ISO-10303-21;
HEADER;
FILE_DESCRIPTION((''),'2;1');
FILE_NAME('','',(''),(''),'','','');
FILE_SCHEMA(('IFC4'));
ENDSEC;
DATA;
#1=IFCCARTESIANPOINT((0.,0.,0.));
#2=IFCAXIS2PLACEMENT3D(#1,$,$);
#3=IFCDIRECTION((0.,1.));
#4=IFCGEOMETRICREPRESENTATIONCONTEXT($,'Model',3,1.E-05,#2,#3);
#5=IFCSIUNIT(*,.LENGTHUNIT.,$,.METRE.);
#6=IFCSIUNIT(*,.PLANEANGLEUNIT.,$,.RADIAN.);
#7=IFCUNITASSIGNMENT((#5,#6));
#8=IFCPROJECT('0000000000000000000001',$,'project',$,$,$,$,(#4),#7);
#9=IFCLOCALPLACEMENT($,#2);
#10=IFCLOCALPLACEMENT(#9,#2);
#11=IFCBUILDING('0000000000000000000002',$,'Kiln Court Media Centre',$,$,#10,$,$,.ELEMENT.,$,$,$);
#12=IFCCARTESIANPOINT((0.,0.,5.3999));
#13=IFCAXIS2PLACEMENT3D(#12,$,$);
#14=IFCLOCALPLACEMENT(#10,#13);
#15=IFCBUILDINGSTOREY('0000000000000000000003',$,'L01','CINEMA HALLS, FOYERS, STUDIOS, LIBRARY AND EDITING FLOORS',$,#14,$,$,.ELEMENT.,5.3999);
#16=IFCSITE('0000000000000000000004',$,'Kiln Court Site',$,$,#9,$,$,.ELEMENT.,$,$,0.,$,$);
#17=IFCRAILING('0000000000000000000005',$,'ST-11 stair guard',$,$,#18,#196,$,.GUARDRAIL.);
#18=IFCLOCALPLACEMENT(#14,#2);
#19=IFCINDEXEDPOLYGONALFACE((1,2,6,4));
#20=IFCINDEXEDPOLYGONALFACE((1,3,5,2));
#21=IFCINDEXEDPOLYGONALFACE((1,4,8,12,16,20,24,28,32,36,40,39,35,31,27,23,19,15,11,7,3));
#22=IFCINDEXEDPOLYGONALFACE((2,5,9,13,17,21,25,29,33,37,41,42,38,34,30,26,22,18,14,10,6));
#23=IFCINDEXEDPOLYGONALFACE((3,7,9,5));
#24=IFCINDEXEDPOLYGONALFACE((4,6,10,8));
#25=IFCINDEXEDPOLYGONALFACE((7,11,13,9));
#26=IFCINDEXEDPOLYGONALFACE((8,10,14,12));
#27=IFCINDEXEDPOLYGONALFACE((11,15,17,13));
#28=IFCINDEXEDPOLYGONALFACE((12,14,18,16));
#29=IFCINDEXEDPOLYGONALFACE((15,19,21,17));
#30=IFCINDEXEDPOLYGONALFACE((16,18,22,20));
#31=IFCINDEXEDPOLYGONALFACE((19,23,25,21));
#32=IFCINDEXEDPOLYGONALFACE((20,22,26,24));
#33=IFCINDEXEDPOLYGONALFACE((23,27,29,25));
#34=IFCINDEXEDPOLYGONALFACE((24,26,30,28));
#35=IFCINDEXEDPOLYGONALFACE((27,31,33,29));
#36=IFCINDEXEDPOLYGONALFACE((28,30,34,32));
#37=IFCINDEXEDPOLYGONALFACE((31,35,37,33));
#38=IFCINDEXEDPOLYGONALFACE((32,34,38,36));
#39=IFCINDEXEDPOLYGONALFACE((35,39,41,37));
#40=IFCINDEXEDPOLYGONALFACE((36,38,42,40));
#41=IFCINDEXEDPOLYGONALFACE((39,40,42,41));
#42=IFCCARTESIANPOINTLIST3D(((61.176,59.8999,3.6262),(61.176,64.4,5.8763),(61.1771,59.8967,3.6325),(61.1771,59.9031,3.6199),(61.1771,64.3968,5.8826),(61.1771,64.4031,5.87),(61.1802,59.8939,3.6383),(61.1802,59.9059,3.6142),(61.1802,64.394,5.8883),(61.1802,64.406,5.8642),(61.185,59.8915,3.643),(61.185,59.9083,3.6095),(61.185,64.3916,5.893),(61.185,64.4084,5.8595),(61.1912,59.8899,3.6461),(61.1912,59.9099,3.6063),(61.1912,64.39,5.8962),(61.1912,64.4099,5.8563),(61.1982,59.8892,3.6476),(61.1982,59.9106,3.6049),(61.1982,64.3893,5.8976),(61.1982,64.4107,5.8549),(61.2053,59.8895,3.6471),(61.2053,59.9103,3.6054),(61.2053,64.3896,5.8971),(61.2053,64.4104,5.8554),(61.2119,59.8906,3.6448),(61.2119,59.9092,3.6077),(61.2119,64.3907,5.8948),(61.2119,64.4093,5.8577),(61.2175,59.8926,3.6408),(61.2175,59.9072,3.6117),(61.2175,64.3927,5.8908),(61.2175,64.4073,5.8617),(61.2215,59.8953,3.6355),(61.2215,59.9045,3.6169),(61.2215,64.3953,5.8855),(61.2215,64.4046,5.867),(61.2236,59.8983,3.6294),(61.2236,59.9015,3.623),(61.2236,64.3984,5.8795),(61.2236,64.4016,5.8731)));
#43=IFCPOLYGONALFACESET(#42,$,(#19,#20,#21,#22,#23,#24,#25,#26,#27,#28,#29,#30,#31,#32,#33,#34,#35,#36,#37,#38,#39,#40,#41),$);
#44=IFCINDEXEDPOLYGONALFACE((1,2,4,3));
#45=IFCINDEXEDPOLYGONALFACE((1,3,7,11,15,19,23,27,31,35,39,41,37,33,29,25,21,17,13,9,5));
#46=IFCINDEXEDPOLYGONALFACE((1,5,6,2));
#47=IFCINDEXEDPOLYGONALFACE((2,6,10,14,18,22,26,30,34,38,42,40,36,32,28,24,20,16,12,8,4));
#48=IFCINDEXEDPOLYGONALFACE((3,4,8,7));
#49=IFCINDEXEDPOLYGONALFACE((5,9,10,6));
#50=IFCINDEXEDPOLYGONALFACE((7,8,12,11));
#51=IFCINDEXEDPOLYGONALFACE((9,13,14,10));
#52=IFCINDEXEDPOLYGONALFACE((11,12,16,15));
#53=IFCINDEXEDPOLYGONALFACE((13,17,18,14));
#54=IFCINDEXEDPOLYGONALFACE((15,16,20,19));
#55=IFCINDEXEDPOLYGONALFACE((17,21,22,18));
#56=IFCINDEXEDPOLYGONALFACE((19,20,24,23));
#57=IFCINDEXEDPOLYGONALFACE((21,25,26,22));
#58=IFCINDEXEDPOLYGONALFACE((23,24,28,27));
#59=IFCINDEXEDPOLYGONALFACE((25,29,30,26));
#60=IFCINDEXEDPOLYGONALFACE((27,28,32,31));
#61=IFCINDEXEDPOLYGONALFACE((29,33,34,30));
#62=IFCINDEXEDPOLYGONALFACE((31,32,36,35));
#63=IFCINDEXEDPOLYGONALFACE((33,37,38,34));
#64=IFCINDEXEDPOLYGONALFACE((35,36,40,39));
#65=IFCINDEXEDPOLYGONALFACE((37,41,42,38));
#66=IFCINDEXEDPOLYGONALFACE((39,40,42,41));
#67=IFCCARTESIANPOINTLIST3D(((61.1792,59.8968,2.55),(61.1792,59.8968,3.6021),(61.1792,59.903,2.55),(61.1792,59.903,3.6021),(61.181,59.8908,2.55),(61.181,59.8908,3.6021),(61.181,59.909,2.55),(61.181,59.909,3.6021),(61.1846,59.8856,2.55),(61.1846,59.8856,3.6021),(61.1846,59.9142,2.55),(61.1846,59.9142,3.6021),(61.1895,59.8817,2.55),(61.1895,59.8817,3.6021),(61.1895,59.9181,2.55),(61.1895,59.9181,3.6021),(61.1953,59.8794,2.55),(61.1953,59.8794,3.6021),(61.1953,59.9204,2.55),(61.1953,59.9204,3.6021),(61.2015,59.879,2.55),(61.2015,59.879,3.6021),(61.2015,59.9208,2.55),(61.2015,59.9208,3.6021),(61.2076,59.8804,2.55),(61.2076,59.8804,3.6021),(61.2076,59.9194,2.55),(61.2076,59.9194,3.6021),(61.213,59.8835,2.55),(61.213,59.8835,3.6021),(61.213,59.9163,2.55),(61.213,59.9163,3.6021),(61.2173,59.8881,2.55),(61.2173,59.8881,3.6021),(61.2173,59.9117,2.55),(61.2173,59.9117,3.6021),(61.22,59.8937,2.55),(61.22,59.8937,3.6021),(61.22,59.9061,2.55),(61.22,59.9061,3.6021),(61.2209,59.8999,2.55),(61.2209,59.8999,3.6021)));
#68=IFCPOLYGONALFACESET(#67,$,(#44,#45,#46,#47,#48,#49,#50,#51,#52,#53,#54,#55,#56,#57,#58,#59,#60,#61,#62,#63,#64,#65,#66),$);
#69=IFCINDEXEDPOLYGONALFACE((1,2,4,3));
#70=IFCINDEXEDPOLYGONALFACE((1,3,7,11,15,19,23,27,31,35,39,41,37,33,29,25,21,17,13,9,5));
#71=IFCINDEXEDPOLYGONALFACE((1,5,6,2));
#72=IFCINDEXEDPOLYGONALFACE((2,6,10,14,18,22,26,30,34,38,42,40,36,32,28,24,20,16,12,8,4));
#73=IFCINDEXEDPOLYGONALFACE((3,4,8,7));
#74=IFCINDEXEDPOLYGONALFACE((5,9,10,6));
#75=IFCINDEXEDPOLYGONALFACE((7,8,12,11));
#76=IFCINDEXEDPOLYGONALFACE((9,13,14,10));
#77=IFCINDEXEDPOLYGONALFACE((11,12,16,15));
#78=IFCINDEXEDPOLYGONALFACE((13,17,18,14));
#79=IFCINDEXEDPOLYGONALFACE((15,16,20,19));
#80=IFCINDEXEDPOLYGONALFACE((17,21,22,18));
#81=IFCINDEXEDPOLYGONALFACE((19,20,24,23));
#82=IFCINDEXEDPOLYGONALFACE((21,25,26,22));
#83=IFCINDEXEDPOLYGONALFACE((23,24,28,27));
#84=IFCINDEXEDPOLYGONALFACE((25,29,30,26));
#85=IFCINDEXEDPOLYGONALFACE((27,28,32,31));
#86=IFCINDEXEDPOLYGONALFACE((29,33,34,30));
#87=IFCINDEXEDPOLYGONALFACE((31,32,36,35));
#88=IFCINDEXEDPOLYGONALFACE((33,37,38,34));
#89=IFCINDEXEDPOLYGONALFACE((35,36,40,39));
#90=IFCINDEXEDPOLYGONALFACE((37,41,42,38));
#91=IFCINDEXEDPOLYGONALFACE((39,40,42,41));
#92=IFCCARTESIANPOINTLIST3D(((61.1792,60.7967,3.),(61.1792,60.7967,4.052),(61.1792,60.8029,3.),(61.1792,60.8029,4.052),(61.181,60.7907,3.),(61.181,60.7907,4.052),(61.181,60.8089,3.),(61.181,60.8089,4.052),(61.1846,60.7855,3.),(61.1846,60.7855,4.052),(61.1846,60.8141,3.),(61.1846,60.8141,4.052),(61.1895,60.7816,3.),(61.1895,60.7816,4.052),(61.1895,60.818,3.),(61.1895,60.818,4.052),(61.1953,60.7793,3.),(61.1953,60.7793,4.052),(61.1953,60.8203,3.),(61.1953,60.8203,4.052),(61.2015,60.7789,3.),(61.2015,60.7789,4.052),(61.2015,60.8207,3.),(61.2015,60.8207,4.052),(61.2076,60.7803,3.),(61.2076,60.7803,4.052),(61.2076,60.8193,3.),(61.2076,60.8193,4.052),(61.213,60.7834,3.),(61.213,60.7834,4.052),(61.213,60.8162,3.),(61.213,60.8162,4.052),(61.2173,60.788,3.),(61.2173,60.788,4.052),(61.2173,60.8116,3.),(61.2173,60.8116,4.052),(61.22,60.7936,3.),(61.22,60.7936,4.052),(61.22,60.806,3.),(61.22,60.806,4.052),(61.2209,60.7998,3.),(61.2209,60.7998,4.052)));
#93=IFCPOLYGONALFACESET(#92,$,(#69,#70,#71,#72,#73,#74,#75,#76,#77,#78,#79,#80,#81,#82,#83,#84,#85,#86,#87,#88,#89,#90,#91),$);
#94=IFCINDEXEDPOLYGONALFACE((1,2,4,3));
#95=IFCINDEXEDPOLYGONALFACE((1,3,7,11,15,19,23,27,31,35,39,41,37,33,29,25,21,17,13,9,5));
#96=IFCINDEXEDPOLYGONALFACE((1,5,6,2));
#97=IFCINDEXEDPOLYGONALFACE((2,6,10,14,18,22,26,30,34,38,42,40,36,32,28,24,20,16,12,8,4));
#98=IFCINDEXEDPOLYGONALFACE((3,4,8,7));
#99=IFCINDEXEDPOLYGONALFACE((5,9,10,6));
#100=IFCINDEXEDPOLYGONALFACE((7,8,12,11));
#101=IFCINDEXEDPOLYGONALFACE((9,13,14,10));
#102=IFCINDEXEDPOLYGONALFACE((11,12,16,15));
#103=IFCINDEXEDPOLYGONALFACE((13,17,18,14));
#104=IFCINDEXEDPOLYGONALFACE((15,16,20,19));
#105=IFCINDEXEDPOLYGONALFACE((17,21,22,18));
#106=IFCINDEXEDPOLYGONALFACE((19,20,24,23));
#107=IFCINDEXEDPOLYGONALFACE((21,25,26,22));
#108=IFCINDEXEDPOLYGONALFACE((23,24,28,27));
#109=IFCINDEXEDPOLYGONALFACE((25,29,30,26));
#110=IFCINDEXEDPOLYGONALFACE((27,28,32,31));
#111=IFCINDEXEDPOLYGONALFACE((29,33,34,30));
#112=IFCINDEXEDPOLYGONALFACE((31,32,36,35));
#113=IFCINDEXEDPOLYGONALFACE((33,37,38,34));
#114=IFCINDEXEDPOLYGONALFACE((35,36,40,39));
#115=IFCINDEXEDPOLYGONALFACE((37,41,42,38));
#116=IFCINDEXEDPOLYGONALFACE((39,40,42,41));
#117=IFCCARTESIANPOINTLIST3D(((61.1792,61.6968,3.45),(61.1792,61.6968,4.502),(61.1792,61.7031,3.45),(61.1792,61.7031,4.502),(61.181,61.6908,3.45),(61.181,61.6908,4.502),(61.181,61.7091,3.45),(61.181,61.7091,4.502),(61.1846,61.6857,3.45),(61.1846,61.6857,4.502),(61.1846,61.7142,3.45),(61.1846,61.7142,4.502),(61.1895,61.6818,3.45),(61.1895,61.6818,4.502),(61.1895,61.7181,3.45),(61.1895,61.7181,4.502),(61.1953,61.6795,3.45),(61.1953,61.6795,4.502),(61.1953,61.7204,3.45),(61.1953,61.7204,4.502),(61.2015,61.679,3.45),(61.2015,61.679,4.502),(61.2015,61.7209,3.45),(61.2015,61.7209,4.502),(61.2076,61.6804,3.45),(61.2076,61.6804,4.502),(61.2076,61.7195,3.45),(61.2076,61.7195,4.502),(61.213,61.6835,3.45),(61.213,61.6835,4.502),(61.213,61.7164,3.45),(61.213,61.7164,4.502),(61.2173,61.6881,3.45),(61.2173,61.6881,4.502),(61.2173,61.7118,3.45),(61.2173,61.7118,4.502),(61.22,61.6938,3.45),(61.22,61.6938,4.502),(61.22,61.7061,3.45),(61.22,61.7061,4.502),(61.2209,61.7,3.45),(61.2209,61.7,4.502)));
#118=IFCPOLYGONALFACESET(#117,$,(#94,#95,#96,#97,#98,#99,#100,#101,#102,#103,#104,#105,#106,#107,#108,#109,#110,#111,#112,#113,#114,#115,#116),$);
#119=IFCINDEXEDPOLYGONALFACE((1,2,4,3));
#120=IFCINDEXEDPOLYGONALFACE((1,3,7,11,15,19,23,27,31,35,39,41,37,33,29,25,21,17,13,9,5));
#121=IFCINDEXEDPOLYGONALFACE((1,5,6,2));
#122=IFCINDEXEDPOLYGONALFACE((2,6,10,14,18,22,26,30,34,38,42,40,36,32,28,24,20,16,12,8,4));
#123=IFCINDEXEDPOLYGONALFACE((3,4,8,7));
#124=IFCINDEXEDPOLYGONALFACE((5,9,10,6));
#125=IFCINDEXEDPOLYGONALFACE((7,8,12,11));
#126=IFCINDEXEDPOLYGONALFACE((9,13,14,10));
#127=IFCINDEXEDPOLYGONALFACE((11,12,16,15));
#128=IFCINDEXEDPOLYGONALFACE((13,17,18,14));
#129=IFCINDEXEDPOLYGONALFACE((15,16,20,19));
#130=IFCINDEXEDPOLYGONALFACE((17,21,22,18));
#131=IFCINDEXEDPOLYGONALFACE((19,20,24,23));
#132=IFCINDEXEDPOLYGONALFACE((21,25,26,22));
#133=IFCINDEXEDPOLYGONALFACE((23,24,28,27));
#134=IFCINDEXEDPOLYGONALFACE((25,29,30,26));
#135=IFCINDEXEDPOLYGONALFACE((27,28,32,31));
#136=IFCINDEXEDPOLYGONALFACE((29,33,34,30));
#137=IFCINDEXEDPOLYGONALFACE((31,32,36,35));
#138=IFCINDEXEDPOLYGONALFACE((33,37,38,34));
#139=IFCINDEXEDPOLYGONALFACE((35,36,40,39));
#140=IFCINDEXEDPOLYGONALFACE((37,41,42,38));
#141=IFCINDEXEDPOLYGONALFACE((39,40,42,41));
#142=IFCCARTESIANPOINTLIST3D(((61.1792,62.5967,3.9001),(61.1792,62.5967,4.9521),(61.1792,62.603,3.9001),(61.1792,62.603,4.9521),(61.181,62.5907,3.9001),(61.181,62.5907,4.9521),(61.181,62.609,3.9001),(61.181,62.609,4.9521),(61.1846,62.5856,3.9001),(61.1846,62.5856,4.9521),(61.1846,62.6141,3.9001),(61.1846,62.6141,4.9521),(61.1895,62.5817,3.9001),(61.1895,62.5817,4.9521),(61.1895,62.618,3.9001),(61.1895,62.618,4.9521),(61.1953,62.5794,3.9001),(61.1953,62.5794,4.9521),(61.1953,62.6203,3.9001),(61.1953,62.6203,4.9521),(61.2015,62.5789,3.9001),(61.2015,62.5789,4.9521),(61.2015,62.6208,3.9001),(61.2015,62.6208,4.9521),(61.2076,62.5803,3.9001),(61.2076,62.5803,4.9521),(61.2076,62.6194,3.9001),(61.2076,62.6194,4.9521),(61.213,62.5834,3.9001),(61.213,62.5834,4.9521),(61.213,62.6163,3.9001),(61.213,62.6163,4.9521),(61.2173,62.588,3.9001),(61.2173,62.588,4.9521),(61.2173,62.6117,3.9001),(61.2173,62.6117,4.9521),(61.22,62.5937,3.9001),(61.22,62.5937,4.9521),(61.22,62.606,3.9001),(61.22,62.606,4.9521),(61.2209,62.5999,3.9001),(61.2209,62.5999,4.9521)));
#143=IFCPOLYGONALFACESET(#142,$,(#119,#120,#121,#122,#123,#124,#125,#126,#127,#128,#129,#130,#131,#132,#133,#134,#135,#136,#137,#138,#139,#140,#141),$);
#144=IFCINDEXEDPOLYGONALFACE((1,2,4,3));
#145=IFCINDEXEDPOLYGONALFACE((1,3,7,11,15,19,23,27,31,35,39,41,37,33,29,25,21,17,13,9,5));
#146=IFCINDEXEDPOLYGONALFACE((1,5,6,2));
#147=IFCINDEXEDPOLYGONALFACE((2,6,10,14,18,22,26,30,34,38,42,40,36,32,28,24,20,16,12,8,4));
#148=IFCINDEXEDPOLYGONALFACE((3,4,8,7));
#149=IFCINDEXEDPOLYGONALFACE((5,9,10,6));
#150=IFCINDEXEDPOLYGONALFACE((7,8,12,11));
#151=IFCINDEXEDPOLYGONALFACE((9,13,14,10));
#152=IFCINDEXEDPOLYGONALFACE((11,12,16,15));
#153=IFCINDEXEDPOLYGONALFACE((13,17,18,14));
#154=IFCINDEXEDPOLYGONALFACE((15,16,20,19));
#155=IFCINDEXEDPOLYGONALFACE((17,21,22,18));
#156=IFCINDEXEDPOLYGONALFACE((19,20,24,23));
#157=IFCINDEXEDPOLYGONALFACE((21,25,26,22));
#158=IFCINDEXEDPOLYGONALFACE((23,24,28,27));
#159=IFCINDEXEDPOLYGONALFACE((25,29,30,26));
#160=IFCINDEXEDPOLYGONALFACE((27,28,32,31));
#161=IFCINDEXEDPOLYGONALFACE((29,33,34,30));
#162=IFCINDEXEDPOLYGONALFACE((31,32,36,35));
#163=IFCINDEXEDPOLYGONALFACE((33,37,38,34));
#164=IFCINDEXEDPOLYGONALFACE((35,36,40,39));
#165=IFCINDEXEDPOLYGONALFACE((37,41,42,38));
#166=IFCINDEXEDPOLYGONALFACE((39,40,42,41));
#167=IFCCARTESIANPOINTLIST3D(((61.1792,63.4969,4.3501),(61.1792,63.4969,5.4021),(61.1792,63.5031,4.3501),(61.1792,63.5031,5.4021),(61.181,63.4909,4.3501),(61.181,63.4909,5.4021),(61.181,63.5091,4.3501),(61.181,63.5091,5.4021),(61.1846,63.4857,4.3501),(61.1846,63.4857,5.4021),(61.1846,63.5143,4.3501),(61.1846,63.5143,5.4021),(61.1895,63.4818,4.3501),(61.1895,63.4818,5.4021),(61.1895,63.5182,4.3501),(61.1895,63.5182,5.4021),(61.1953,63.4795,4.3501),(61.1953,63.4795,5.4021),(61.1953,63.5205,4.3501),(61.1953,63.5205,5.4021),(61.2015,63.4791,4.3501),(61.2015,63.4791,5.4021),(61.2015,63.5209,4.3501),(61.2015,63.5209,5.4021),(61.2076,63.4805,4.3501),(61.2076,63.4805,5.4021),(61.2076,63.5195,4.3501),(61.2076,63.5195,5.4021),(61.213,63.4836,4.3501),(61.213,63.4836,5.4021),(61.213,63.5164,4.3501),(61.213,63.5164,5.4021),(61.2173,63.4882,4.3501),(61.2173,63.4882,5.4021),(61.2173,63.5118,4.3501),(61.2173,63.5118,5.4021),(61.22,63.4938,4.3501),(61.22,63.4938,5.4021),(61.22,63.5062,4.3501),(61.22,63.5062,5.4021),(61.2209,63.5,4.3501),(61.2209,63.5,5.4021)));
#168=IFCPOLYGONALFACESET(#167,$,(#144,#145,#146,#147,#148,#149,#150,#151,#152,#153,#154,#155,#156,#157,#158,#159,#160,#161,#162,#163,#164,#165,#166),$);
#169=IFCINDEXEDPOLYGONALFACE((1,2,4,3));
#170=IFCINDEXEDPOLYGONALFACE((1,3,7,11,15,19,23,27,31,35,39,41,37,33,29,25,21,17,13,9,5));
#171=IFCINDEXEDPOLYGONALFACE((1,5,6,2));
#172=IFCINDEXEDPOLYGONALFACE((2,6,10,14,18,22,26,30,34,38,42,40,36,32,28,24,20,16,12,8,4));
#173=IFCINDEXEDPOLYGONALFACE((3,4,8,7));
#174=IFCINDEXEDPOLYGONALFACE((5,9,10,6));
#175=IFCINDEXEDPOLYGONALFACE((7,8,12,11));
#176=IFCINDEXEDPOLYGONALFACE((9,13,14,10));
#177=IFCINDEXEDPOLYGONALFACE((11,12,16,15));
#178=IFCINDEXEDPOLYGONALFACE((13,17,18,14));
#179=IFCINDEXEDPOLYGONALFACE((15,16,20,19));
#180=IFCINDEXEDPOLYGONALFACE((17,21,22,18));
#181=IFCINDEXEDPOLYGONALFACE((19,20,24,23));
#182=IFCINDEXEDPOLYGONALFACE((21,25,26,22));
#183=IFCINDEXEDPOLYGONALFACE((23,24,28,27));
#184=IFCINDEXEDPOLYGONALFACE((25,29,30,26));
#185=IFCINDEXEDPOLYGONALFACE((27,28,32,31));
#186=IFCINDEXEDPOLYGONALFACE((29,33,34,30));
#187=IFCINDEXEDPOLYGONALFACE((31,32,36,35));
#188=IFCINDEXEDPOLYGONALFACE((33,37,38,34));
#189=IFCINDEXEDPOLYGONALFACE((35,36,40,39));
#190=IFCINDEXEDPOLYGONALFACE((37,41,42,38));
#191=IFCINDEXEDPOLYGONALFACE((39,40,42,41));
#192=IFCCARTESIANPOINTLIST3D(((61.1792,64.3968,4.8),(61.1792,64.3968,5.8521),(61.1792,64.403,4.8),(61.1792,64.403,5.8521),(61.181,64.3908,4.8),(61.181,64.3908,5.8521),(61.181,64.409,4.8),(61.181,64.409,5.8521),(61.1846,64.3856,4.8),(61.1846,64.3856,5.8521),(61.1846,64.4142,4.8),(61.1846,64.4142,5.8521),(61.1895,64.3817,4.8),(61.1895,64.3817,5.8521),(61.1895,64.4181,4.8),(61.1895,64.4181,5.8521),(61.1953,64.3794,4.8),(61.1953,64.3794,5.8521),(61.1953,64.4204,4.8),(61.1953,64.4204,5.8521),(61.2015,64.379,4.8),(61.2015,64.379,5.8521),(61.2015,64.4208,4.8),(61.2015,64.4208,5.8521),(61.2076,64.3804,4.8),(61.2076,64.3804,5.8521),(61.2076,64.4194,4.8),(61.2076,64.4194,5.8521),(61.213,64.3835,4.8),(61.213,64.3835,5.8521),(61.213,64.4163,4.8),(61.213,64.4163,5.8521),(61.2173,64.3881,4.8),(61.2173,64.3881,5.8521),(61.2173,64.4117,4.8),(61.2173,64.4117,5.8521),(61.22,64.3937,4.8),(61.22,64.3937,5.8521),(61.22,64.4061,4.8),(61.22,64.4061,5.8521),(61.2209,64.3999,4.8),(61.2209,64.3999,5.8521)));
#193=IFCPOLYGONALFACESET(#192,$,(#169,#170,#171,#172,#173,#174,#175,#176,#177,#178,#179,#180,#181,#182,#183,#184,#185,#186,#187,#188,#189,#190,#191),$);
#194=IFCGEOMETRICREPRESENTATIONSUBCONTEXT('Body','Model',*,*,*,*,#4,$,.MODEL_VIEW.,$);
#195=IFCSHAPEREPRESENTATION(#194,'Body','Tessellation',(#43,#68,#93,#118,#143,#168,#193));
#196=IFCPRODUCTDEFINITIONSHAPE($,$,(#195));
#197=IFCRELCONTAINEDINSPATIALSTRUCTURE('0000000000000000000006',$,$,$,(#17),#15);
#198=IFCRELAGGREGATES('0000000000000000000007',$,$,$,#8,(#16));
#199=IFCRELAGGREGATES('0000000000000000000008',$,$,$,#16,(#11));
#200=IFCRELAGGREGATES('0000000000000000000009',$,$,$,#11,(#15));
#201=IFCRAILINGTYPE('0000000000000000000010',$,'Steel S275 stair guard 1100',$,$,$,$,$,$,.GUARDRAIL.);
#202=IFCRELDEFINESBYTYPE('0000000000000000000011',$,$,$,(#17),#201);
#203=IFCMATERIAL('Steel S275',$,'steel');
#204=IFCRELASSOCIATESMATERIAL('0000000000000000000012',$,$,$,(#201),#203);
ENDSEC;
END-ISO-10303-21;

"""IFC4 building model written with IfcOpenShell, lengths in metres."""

from ifc_helpers import new_model, si_unit, direction, frame, origin, origin_2d, place, context, subcontext, project, spatial, circle, extrude, material, type_object, element, save


model = new_model("IFC4")

# Units and contexts
model_context = context("Model", 3, precision=1e-05, world=origin(), true_north=direction((0.0, 1.0)))
body_context = subcontext(model_context, "Body", "Model", "MODEL_VIEW")
ifc_project = project(units=[si_unit("LENGTHUNIT", "METRE"), si_unit("PLANEANGLEUNIT", "RADIAN")], contexts=[model_context])

# Site, building, storey
site_placement = place(None, origin())
site = spatial("IfcSite", under=ifc_project, at=site_placement, Name="Kiln Court Site", CompositionType="ELEMENT", RefElevation=0.0)
building_placement = place(site_placement, origin())
building = spatial("IfcBuilding", under=site, at=building_placement, Name="Kiln Court Media Centre", CompositionType="ELEMENT")
storey_placement = place(building_placement, frame((0.0, 0.0, 5.3999)))
storey = spatial("IfcBuildingStorey", under=building, at=storey_placement, Name="L01", Description="CINEMA HALLS, FOYERS, STUDIOS, LIBRARY AND EDITING FLOORS", CompositionType="ELEMENT", Elevation=5.3999)

# Railing
ifc_material_1 = material(Name="Steel S275", Category="steel")
railing_type_1 = type_object("IfcRailingType", Name="Steel S275 stair guard 1100", PredefinedType="GUARDRAIL", material=ifc_material_1)
railing_1_placement = place(storey_placement, frame((61.2, 59.8999, 2.55)))
element("IfcRailing", 1, at=railing_1_placement, inside=storey, type_object=railing_type_1, Name="ST-11 stair guard", PredefinedType="GUARDRAIL", context=body_context, shape_type="SweptSolid", body=[
    extrude(circle(Radius=0.0239, at=origin_2d()), frame((0.0, 0.0, 1.0762), z_axis=(0.0, 0.894427, 0.447214), x_axis=(-1.0, 0.0, 0.0)), (0.0, 0.0, 1.0), 5.0312),
    extrude(circle(Radius=0.021, at=origin_2d()), origin(), (0.0, 0.0, 1.0), 1.052),
    extrude(circle(Radius=0.021, at=origin_2d()), frame((0.0, 0.8999, 0.45)), (0.0, 0.0, 1.0), 1.052),
    extrude(circle(Radius=0.021, at=origin_2d()), frame((0.0, 1.8, 0.8999)), (0.0, 0.0, 1.0), 1.052),
    extrude(circle(Radius=0.021, at=origin_2d()), frame((0.0, 2.7, 1.3501)), (0.0, 0.0, 1.0), 1.052),
    extrude(circle(Radius=0.021, at=origin_2d()), frame((0.0, 3.6001, 1.8)), (0.0, 0.0, 1.0), 1.052),
    extrude(circle(Radius=0.021, at=origin_2d()), frame((0.0, 4.5, 2.25)), (0.0, 0.0, 1.0), 1.052),
])

save(model, "model.ifc")
